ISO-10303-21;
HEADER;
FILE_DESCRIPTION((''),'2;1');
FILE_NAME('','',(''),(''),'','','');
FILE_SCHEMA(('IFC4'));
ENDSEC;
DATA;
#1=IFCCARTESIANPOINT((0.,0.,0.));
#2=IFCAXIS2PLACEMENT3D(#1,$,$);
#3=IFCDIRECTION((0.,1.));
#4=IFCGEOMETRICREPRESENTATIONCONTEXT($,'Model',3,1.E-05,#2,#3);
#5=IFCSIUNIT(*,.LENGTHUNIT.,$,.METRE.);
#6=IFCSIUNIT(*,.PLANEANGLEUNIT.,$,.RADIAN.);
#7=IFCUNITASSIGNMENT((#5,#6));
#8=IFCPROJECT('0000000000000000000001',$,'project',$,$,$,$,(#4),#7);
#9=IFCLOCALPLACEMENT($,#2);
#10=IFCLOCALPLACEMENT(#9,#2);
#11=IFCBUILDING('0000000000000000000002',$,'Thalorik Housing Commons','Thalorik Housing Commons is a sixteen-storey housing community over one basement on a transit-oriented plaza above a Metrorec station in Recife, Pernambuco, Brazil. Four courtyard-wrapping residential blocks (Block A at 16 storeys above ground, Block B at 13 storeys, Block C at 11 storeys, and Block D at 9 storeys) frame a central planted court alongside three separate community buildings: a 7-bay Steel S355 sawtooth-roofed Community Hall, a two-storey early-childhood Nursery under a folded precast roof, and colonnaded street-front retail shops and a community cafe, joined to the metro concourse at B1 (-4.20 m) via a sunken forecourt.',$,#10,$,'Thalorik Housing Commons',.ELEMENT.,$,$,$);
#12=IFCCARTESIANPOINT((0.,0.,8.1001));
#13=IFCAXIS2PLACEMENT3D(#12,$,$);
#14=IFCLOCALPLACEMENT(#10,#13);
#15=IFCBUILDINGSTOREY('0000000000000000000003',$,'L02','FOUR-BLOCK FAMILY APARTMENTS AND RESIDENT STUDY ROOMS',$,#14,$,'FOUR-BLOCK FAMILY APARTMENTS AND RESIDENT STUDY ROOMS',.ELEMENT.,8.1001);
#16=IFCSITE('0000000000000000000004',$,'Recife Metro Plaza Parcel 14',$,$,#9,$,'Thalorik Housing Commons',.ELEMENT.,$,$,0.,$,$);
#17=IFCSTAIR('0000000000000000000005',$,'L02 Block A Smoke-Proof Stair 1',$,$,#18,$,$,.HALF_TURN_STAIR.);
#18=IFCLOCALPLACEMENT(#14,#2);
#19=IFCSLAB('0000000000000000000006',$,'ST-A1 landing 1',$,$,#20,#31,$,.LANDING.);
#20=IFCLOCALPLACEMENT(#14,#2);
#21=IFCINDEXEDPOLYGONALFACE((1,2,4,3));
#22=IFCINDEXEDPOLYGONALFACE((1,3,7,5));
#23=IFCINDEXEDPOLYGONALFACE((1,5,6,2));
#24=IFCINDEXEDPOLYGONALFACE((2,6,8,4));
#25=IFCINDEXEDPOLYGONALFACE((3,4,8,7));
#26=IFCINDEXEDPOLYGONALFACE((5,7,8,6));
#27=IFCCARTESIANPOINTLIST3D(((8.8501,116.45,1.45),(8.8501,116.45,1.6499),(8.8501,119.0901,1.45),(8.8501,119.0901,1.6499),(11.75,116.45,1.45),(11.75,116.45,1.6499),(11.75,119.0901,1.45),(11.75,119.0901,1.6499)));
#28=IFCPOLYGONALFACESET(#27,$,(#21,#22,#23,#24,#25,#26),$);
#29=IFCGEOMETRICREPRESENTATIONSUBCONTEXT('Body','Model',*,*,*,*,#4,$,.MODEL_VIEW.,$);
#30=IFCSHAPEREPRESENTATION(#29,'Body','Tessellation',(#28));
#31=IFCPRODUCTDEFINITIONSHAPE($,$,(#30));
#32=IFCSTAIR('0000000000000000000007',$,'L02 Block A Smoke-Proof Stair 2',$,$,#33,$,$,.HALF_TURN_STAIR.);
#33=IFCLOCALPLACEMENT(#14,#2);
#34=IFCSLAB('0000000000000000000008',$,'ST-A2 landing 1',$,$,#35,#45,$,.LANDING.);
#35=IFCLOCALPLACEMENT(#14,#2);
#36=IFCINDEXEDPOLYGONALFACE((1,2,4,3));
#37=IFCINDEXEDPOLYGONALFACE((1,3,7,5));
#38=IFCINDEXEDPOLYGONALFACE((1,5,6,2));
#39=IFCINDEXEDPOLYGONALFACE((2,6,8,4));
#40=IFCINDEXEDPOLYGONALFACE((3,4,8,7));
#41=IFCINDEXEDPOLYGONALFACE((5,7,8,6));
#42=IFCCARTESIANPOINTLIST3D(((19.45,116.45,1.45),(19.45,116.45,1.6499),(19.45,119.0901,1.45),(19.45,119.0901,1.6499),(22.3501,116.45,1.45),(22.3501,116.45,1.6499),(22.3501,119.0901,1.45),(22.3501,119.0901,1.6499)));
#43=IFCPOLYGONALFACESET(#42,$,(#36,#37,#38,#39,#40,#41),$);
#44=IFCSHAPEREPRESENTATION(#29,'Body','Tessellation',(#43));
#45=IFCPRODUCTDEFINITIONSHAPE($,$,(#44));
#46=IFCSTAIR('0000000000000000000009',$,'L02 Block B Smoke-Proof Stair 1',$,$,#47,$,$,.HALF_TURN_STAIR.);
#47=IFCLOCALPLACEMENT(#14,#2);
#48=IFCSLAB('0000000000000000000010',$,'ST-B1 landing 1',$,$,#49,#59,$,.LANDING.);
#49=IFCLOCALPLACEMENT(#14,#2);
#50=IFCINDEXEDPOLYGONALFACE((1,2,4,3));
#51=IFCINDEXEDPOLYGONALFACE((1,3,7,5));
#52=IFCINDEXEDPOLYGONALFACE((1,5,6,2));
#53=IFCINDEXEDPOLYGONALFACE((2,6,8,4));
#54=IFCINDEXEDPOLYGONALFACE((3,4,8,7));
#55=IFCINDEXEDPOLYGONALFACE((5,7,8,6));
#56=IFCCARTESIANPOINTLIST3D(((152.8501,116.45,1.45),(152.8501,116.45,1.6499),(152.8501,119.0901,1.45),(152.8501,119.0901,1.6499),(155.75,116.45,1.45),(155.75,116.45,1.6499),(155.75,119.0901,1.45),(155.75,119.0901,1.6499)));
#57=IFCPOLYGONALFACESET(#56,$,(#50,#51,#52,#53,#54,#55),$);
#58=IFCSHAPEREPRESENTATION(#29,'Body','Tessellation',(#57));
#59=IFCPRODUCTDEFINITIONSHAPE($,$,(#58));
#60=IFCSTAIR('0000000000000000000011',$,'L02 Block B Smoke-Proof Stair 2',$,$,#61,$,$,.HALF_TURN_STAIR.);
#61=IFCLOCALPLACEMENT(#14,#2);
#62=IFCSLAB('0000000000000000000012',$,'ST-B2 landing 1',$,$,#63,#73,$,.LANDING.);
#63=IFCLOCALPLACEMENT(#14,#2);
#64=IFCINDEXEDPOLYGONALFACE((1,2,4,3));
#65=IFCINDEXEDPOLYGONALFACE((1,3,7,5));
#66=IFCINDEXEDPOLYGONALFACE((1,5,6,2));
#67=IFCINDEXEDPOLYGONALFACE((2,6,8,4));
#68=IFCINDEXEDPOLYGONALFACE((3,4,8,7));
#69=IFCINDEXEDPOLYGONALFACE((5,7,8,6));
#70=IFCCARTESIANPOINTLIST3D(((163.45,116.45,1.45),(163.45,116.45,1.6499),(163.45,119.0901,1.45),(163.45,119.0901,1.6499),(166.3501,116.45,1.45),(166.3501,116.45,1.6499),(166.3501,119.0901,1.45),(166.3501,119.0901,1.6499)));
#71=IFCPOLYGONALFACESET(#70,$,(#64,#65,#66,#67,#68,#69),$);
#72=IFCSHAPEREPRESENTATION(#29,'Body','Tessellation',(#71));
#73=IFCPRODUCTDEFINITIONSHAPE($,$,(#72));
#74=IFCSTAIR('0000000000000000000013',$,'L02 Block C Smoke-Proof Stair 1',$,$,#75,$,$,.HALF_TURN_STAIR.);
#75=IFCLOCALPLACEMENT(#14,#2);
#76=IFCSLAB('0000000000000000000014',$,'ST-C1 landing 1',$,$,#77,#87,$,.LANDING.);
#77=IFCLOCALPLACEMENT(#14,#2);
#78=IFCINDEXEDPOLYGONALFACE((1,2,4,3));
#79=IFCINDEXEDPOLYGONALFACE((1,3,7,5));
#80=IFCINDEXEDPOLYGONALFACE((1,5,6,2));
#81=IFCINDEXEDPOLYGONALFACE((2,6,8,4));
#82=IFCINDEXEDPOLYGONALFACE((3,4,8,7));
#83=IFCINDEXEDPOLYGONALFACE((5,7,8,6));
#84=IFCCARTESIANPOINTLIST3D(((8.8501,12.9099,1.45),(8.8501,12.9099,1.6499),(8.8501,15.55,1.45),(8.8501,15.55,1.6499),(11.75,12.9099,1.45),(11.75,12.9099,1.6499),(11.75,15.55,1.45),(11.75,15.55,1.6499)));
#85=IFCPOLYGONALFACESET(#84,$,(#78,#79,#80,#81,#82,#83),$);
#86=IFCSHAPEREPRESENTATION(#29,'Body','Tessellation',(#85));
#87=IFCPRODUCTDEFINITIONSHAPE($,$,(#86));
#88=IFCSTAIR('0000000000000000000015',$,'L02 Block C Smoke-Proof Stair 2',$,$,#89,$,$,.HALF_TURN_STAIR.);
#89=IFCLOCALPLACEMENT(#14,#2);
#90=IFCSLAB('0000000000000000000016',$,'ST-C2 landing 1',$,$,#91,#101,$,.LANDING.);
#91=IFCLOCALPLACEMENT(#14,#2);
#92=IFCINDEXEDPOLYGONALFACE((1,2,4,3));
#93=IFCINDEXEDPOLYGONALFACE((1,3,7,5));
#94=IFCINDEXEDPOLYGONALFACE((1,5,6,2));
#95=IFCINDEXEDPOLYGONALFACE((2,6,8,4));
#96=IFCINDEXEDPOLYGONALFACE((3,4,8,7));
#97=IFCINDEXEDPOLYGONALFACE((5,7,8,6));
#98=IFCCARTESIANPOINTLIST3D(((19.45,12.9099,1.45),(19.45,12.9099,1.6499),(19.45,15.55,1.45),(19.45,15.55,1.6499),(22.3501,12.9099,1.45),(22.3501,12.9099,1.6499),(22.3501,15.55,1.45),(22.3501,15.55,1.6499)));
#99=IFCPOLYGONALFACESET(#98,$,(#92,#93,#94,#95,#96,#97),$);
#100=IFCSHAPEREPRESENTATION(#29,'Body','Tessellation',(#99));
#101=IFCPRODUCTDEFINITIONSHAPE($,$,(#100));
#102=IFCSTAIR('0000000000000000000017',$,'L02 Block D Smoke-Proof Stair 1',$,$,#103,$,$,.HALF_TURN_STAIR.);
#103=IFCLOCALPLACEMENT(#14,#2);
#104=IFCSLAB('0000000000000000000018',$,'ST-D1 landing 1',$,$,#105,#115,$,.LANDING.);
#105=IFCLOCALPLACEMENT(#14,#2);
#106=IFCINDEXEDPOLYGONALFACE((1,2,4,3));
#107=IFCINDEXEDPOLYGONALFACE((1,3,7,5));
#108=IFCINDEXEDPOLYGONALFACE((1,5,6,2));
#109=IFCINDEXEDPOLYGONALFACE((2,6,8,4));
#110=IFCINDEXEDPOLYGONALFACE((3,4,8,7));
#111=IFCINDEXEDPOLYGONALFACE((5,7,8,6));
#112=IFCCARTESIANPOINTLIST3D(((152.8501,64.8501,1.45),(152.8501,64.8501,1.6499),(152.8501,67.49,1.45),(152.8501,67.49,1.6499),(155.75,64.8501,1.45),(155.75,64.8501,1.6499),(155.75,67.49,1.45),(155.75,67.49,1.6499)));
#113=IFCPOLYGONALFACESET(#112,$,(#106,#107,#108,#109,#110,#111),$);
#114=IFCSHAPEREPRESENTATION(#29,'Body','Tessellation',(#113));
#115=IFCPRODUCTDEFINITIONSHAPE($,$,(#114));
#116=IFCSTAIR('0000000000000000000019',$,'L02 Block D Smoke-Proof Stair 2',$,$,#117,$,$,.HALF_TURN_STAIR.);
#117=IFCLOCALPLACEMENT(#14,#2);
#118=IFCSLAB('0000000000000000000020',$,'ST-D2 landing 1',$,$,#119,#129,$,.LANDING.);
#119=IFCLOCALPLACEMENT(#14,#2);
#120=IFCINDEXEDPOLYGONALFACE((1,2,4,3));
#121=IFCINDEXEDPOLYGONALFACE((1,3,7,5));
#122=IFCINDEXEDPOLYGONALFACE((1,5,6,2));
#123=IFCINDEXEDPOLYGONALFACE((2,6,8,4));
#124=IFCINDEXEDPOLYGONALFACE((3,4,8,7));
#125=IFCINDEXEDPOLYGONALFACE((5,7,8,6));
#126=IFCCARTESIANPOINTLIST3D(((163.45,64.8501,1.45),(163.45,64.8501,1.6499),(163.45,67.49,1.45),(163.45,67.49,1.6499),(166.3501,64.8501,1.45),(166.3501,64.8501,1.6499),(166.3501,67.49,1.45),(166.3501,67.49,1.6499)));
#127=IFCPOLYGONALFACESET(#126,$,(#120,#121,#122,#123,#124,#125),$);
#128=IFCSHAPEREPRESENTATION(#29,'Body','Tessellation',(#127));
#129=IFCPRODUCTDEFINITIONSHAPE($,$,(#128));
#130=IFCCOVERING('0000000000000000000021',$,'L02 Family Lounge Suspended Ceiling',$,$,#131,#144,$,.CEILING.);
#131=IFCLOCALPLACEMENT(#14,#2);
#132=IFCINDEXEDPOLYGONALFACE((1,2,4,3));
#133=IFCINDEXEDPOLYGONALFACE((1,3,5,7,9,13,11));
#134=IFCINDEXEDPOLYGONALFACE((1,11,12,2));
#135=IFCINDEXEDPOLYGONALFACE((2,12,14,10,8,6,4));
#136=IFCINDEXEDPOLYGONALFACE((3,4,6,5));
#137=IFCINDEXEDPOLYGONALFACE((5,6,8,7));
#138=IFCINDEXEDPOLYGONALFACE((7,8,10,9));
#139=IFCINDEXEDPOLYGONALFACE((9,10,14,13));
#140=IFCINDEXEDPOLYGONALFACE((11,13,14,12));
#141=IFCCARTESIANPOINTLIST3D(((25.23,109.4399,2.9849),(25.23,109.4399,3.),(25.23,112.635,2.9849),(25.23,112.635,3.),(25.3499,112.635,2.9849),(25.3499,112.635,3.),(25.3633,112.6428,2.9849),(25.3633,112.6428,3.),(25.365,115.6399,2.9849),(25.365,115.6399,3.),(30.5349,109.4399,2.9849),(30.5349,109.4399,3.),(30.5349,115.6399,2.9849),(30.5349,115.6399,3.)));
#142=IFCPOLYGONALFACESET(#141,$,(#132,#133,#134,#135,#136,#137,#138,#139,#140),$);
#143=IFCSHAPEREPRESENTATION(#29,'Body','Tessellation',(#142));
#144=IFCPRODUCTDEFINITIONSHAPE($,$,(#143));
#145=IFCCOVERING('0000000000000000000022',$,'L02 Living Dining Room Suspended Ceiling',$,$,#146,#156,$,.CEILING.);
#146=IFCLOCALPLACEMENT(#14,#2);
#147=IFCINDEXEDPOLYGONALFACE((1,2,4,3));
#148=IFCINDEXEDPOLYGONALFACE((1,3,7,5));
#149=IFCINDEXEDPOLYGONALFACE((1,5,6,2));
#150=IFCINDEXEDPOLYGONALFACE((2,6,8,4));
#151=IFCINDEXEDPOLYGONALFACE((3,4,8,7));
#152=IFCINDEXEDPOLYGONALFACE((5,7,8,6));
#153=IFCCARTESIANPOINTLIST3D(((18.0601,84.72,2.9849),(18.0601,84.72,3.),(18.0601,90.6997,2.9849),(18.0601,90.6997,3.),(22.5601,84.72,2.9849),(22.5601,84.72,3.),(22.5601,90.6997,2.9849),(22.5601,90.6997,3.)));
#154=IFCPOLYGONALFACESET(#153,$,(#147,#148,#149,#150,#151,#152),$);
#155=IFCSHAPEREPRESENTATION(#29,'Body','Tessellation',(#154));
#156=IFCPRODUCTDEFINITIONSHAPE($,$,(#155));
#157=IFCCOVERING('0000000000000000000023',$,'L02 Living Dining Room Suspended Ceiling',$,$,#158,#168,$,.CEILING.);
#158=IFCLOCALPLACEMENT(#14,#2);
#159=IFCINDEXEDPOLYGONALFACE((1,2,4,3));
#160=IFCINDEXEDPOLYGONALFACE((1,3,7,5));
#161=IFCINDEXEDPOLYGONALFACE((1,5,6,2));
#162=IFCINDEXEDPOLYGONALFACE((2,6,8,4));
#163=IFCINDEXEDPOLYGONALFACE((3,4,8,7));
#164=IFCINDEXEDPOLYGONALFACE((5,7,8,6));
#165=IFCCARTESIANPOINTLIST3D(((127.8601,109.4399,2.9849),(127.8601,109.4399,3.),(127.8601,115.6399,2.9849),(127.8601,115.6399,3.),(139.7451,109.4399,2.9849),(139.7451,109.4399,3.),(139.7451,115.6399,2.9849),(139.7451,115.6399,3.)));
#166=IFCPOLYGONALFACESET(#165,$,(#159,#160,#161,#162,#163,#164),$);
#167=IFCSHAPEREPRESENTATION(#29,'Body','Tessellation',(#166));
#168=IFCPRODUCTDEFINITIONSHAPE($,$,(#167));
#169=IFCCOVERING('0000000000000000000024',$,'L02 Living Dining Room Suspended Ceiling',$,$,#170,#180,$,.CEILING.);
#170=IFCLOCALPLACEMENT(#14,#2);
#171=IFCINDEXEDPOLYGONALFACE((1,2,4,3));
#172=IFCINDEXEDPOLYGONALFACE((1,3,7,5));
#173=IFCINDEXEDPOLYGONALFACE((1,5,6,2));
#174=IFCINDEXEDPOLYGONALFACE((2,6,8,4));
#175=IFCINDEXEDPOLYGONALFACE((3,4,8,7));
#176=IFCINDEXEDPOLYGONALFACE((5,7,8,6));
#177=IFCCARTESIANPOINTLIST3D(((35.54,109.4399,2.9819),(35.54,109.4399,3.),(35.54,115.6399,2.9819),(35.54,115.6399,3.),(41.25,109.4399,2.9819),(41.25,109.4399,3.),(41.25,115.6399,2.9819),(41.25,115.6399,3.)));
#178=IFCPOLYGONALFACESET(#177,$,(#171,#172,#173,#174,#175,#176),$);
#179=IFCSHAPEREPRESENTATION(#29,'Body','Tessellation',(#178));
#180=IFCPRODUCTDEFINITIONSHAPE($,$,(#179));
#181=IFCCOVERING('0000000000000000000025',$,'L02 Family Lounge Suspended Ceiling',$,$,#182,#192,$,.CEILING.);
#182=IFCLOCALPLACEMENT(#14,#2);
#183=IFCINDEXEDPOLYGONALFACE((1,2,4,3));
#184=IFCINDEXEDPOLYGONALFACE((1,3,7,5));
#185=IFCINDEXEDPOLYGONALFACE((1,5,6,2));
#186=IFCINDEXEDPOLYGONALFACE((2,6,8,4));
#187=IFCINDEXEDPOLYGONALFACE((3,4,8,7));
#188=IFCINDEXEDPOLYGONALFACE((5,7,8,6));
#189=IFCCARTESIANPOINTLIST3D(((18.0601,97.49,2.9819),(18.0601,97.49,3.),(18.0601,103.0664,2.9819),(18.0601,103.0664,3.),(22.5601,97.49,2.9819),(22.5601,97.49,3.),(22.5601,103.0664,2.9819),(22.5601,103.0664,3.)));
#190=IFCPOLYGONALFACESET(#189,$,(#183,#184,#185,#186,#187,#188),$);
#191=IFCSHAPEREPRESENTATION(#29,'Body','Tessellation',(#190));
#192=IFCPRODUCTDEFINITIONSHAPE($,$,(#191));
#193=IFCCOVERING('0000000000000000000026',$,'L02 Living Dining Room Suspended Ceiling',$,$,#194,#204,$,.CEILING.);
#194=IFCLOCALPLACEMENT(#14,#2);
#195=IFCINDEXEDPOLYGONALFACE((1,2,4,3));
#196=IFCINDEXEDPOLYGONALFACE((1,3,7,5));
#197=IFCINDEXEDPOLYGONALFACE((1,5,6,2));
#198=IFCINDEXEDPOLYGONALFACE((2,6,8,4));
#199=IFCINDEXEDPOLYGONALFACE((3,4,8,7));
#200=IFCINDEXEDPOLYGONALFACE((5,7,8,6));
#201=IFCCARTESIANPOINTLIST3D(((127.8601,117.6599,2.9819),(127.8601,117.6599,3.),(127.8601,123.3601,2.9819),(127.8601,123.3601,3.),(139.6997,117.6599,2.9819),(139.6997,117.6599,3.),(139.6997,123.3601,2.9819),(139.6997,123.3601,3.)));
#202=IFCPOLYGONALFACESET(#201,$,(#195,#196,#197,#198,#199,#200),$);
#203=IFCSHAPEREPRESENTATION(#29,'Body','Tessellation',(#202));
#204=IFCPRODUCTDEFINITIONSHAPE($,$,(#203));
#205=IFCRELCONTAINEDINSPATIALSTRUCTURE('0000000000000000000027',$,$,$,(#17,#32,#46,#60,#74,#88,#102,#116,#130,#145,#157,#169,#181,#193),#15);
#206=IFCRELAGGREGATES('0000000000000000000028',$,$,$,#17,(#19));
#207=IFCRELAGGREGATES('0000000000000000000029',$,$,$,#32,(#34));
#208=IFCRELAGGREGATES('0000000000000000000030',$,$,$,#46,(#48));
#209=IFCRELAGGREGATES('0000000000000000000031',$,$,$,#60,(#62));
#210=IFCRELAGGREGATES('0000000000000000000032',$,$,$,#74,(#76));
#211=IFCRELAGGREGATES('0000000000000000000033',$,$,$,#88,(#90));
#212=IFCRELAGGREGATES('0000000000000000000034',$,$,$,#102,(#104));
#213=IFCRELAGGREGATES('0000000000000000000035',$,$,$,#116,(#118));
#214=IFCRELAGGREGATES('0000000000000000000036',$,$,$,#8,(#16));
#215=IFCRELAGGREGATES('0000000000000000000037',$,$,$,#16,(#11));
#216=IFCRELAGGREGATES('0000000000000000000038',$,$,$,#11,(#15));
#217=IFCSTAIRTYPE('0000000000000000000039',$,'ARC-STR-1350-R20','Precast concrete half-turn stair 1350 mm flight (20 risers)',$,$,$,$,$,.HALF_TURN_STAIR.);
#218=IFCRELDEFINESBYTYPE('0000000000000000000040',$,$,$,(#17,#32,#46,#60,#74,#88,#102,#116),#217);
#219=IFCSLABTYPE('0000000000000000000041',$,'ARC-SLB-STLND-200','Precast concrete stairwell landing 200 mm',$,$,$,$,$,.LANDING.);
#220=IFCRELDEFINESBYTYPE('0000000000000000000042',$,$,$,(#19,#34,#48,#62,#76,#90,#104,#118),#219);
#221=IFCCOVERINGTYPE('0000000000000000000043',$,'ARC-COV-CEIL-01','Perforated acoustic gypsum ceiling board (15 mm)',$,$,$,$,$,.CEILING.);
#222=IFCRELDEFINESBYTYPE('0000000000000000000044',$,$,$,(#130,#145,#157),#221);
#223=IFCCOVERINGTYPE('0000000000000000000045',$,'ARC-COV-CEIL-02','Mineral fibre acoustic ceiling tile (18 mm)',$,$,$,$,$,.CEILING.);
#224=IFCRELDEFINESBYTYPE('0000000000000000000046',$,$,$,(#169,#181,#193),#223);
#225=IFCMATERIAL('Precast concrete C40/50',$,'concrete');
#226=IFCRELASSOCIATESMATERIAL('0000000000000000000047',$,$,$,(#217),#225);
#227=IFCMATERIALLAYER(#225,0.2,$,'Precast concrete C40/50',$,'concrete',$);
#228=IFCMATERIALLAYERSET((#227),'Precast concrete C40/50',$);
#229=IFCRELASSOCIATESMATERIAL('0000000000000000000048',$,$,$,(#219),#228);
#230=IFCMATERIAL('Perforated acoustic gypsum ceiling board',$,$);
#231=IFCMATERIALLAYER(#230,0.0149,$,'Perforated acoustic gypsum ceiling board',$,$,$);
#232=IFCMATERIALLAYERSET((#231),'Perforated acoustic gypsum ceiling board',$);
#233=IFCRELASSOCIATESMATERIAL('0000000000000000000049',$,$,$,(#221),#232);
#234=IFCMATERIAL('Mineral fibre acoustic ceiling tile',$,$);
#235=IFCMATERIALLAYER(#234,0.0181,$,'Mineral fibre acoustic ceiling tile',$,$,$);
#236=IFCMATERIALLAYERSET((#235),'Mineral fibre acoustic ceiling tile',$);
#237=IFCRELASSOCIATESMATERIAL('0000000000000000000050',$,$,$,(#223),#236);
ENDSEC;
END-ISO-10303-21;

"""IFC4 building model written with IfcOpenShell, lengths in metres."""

from ifc_helpers import new_model, si_unit, direction, frame, origin, place, context, subcontext, project, spatial, polyline, outline, extrude, material, layer, layer_set, type_object, element, aggregate, save


model = new_model("IFC4")

# Units and contexts
model_context = context("Model", 3, precision=1e-05, world=origin(), true_north=direction((0.0, 1.0)))
body_context = subcontext(model_context, "Body", "Model", "MODEL_VIEW")
ifc_project = project(units=[si_unit("LENGTHUNIT", "METRE"), si_unit("PLANEANGLEUNIT", "RADIAN")], contexts=[model_context])

# Site, building, storey
site_placement = place(None, origin())
site = spatial("IfcSite", under=ifc_project, at=site_placement, Name="Recife Metro Plaza Parcel 14", LongName="Thalorik Housing Commons", CompositionType="ELEMENT", RefElevation=0.0)
building_placement = place(site_placement, origin())
building = spatial("IfcBuilding", under=site, at=building_placement, Name="Thalorik Housing Commons", Description="Thalorik Housing Commons is a sixteen-storey housing community over one basement on a transit-oriented plaza above a Metrorec station in Recife, Pernambuco, Brazil. Four courtyard-wrapping residential blocks (Block A at 16 storeys above ground, Block B at 13 storeys, Block C at 11 storeys, and Block D at 9 storeys) frame a central planted court alongside three separate community buildings: a 7-bay Steel S355 sawtooth-roofed Community Hall, a two-storey early-childhood Nursery under a folded precast roof, and colonnaded street-front retail shops and a community cafe, joined to the metro concourse at B1 (-4.20 m) via a sunken forecourt.", LongName="Thalorik Housing Commons", CompositionType="ELEMENT")
storey_placement = place(building_placement, frame((0.0, 0.0, 8.1001)))
storey = spatial("IfcBuildingStorey", under=building, at=storey_placement, Name="L02", Description="FOUR-BLOCK FAMILY APARTMENTS AND RESIDENT STUDY ROOMS", LongName="FOUR-BLOCK FAMILY APARTMENTS AND RESIDENT STUDY ROOMS", CompositionType="ELEMENT", Elevation=8.1001)

# Stairs, slabs
ifc_material_1 = material(Name="Precast concrete C40/50", Category="concrete")
stair_type = type_object("IfcStairType", Name="ARC-STR-1350-R20", Description="Precast concrete half-turn stair 1350 mm flight (20 risers)", PredefinedType="HALF_TURN_STAIR", material=ifc_material_1)
stair_1_placement = place(storey_placement, origin())
stair_1 = element("IfcStair", 1, at=stair_1_placement, inside=storey, type_object=stair_type, Name="L02 Block A Smoke-Proof Stair 1", PredefinedType="HALF_TURN_STAIR")
ifc_layer_1 = layer(ifc_material_1, 0.2, Name="Precast concrete C40/50", Category="concrete")
ifc_layer_set_1 = layer_set([ifc_layer_1], Name="Precast concrete C40/50")
slab_type = type_object("IfcSlabType", Name="ARC-SLB-STLND-200", Description="Precast concrete stairwell landing 200 mm", PredefinedType="LANDING", material=ifc_layer_set_1)
slab_1_placement = place(storey_placement, frame((0.0, 0.0, 1.45)))
slab_1 = element("IfcSlab", 2, at=slab_1_placement, type_object=slab_type, Name="ST-A1 landing 1", PredefinedType="LANDING", context=body_context, shape_type="SweptSolid", body=[
    extrude(outline(polyline([(8.8501, 119.0901), (8.8501, 116.45), (11.75, 116.45), (11.75, 119.0901), (8.8501, 119.0901)])), origin(), (0.0, 0.0, 1.0), 0.2),
])
aggregate(stair_1, [slab_1])
stair_2_placement = place(storey_placement, origin())
stair_2 = element("IfcStair", 3, at=stair_2_placement, inside=storey, type_object=stair_type, Name="L02 Block A Smoke-Proof Stair 2", PredefinedType="HALF_TURN_STAIR")
slab_2_placement = place(storey_placement, frame((0.0, 0.0, 1.45)))
slab_2 = element("IfcSlab", 4, at=slab_2_placement, type_object=slab_type, Name="ST-A2 landing 1", PredefinedType="LANDING", context=body_context, shape_type="SweptSolid", body=[
    extrude(outline(polyline([(19.45, 119.0901), (19.45, 116.45), (22.3501, 116.45), (22.3501, 119.0901), (19.45, 119.0901)])), origin(), (0.0, 0.0, 1.0), 0.2),
])
aggregate(stair_2, [slab_2])
stair_3_placement = place(storey_placement, origin())
stair_3 = element("IfcStair", 5, at=stair_3_placement, inside=storey, type_object=stair_type, Name="L02 Block B Smoke-Proof Stair 1", PredefinedType="HALF_TURN_STAIR")
slab_3_placement = place(storey_placement, frame((0.0, 0.0, 1.45)))
slab_3 = element("IfcSlab", 6, at=slab_3_placement, type_object=slab_type, Name="ST-B1 landing 1", PredefinedType="LANDING", context=body_context, shape_type="SweptSolid", body=[
    extrude(outline(polyline([(152.8501, 119.0901), (152.8501, 116.45), (155.75, 116.45), (155.75, 119.0901), (152.8501, 119.0901)])), origin(), (0.0, 0.0, 1.0), 0.2),
])
aggregate(stair_3, [slab_3])
stair_4_placement = place(storey_placement, origin())
stair_4 = element("IfcStair", 7, at=stair_4_placement, inside=storey, type_object=stair_type, Name="L02 Block B Smoke-Proof Stair 2", PredefinedType="HALF_TURN_STAIR")
slab_4_placement = place(storey_placement, frame((0.0, 0.0, 1.45)))
slab_4 = element("IfcSlab", 8, at=slab_4_placement, type_object=slab_type, Name="ST-B2 landing 1", PredefinedType="LANDING", context=body_context, shape_type="SweptSolid", body=[
    extrude(outline(polyline([(163.45, 119.0901), (163.45, 116.45), (166.3501, 116.45), (166.3501, 119.0901), (163.45, 119.0901)])), origin(), (0.0, 0.0, 1.0), 0.2),
])
aggregate(stair_4, [slab_4])
stair_5_placement = place(storey_placement, origin())
stair_5 = element("IfcStair", 9, at=stair_5_placement, inside=storey, type_object=stair_type, Name="L02 Block C Smoke-Proof Stair 1", PredefinedType="HALF_TURN_STAIR")
slab_5_placement = place(storey_placement, frame((0.0, 0.0, 1.45)))
slab_5 = element("IfcSlab", 10, at=slab_5_placement, type_object=slab_type, Name="ST-C1 landing 1", PredefinedType="LANDING", context=body_context, shape_type="SweptSolid", body=[
    extrude(outline(polyline([(11.75, 12.9099), (11.75, 15.55), (8.8501, 15.55), (8.8501, 12.9099), (11.75, 12.9099)])), origin(), (0.0, 0.0, 1.0), 0.2),
])
aggregate(stair_5, [slab_5])
stair_6_placement = place(storey_placement, origin())
stair_6 = element("IfcStair", 11, at=stair_6_placement, inside=storey, type_object=stair_type, Name="L02 Block C Smoke-Proof Stair 2", PredefinedType="HALF_TURN_STAIR")
slab_6_placement = place(storey_placement, frame((0.0, 0.0, 1.45)))
slab_6 = element("IfcSlab", 12, at=slab_6_placement, type_object=slab_type, Name="ST-C2 landing 1", PredefinedType="LANDING", context=body_context, shape_type="SweptSolid", body=[
    extrude(outline(polyline([(22.3501, 12.9099), (22.3501, 15.55), (19.45, 15.55), (19.45, 12.9099), (22.3501, 12.9099)])), origin(), (0.0, 0.0, 1.0), 0.2),
])
aggregate(stair_6, [slab_6])
stair_7_placement = place(storey_placement, origin())
stair_7 = element("IfcStair", 13, at=stair_7_placement, inside=storey, type_object=stair_type, Name="L02 Block D Smoke-Proof Stair 1", PredefinedType="HALF_TURN_STAIR")
slab_7_placement = place(storey_placement, frame((0.0, 0.0, 1.45)))
slab_7 = element("IfcSlab", 14, at=slab_7_placement, type_object=slab_type, Name="ST-D1 landing 1", PredefinedType="LANDING", context=body_context, shape_type="SweptSolid", body=[
    extrude(outline(polyline([(152.8501, 67.49), (152.8501, 64.8501), (155.75, 64.8501), (155.75, 67.49), (152.8501, 67.49)])), origin(), (0.0, 0.0, 1.0), 0.2),
])
aggregate(stair_7, [slab_7])
stair_8_placement = place(storey_placement, origin())
stair_8 = element("IfcStair", 15, at=stair_8_placement, inside=storey, type_object=stair_type, Name="L02 Block D Smoke-Proof Stair 2", PredefinedType="HALF_TURN_STAIR")
slab_8_placement = place(storey_placement, frame((0.0, 0.0, 1.45)))
slab_8 = element("IfcSlab", 16, at=slab_8_placement, type_object=slab_type, Name="ST-D2 landing 1", PredefinedType="LANDING", context=body_context, shape_type="SweptSolid", body=[
    extrude(outline(polyline([(163.45, 67.49), (163.45, 64.8501), (166.3501, 64.8501), (166.3501, 67.49), (163.45, 67.49)])), origin(), (0.0, 0.0, 1.0), 0.2),
])
aggregate(stair_8, [slab_8])

# Coverings
ifc_material_2 = material(Name="Perforated acoustic gypsum ceiling board")
ifc_layer_2 = layer(ifc_material_2, 0.0149, Name="Perforated acoustic gypsum ceiling board")
ifc_layer_set_2 = layer_set([ifc_layer_2], Name="Perforated acoustic gypsum ceiling board")
covering_type_1 = type_object("IfcCoveringType", Name="ARC-COV-CEIL-01", Description="Perforated acoustic gypsum ceiling board (15 mm)", PredefinedType="CEILING", material=ifc_layer_set_2)
covering_1_placement = place(storey_placement, frame((0.0, 0.0, 2.9849)))
element("IfcCovering", 17, at=covering_1_placement, inside=storey, type_object=covering_type_1, Name="L02 Family Lounge Suspended Ceiling", PredefinedType="CEILING", context=body_context, shape_type="SweptSolid", body=[
    extrude(outline(polyline([(25.23, 109.4399), (30.5349, 109.4399), (30.5349, 115.6399), (25.365, 115.6399), (25.3633, 112.6428), (25.3499, 112.635), (25.23, 112.635), (25.23, 109.4399)])), origin(), (0.0, 0.0, 1.0), 0.0151),
])
covering_2_placement = place(storey_placement, frame((0.0, 0.0, 2.9849)))
element("IfcCovering", 18, at=covering_2_placement, inside=storey, type_object=covering_type_1, Name="L02 Living Dining Room Suspended Ceiling", PredefinedType="CEILING", context=body_context, shape_type="SweptSolid", body=[
    extrude(outline(polyline([(22.5601, 90.6997), (18.0601, 90.6997), (18.0601, 84.72), (22.5601, 84.72), (22.5601, 90.6997)])), origin(), (0.0, 0.0, 1.0), 0.0151),
])
covering_3_placement = place(storey_placement, frame((0.0, 0.0, 2.9849)))
element("IfcCovering", 19, at=covering_3_placement, inside=storey, type_object=covering_type_1, Name="L02 Living Dining Room Suspended Ceiling", PredefinedType="CEILING", context=body_context, shape_type="SweptSolid", body=[
    extrude(outline(polyline([(139.7451, 109.4399), (139.7451, 115.6399), (127.8601, 115.6399), (127.8601, 109.4399), (139.7451, 109.4399)])), origin(), (0.0, 0.0, 1.0), 0.0151),
])
ifc_material_3 = material(Name="Mineral fibre acoustic ceiling tile")
ifc_layer_3 = layer(ifc_material_3, 0.0181, Name="Mineral fibre acoustic ceiling tile")
ifc_layer_set_3 = layer_set([ifc_layer_3], Name="Mineral fibre acoustic ceiling tile")
covering_type_2 = type_object("IfcCoveringType", Name="ARC-COV-CEIL-02", Description="Mineral fibre acoustic ceiling tile (18 mm)", PredefinedType="CEILING", material=ifc_layer_set_3)
covering_4_placement = place(storey_placement, frame((0.0, 0.0, 2.9819)))
element("IfcCovering", 20, at=covering_4_placement, inside=storey, type_object=covering_type_2, Name="L02 Living Dining Room Suspended Ceiling", PredefinedType="CEILING", context=body_context, shape_type="SweptSolid", body=[
    extrude(outline(polyline([(41.25, 109.4399), (41.25, 115.6399), (35.54, 115.6399), (35.54, 109.4399), (41.25, 109.4399)])), origin(), (0.0, 0.0, 1.0), 0.0181),
])
covering_5_placement = place(storey_placement, frame((0.0, 0.0, 2.9819)))
element("IfcCovering", 21, at=covering_5_placement, inside=storey, type_object=covering_type_2, Name="L02 Family Lounge Suspended Ceiling", PredefinedType="CEILING", context=body_context, shape_type="SweptSolid", body=[
    extrude(outline(polyline([(22.5601, 103.0664), (18.0601, 103.0664), (18.0601, 97.49), (22.5601, 97.49), (22.5601, 103.0664)])), origin(), (0.0, 0.0, 1.0), 0.0181),
])
covering_6_placement = place(storey_placement, frame((0.0, 0.0, 2.9819)))
element("IfcCovering", 22, at=covering_6_placement, inside=storey, type_object=covering_type_2, Name="L02 Living Dining Room Suspended Ceiling", PredefinedType="CEILING", context=body_context, shape_type="SweptSolid", body=[
    extrude(outline(polyline([(139.6997, 117.6599), (139.6997, 123.3601), (127.8601, 123.3601), (127.8601, 117.6599), (139.6997, 117.6599)])), origin(), (0.0, 0.0, 1.0), 0.0181),
])

save(model, "model.ifc")
